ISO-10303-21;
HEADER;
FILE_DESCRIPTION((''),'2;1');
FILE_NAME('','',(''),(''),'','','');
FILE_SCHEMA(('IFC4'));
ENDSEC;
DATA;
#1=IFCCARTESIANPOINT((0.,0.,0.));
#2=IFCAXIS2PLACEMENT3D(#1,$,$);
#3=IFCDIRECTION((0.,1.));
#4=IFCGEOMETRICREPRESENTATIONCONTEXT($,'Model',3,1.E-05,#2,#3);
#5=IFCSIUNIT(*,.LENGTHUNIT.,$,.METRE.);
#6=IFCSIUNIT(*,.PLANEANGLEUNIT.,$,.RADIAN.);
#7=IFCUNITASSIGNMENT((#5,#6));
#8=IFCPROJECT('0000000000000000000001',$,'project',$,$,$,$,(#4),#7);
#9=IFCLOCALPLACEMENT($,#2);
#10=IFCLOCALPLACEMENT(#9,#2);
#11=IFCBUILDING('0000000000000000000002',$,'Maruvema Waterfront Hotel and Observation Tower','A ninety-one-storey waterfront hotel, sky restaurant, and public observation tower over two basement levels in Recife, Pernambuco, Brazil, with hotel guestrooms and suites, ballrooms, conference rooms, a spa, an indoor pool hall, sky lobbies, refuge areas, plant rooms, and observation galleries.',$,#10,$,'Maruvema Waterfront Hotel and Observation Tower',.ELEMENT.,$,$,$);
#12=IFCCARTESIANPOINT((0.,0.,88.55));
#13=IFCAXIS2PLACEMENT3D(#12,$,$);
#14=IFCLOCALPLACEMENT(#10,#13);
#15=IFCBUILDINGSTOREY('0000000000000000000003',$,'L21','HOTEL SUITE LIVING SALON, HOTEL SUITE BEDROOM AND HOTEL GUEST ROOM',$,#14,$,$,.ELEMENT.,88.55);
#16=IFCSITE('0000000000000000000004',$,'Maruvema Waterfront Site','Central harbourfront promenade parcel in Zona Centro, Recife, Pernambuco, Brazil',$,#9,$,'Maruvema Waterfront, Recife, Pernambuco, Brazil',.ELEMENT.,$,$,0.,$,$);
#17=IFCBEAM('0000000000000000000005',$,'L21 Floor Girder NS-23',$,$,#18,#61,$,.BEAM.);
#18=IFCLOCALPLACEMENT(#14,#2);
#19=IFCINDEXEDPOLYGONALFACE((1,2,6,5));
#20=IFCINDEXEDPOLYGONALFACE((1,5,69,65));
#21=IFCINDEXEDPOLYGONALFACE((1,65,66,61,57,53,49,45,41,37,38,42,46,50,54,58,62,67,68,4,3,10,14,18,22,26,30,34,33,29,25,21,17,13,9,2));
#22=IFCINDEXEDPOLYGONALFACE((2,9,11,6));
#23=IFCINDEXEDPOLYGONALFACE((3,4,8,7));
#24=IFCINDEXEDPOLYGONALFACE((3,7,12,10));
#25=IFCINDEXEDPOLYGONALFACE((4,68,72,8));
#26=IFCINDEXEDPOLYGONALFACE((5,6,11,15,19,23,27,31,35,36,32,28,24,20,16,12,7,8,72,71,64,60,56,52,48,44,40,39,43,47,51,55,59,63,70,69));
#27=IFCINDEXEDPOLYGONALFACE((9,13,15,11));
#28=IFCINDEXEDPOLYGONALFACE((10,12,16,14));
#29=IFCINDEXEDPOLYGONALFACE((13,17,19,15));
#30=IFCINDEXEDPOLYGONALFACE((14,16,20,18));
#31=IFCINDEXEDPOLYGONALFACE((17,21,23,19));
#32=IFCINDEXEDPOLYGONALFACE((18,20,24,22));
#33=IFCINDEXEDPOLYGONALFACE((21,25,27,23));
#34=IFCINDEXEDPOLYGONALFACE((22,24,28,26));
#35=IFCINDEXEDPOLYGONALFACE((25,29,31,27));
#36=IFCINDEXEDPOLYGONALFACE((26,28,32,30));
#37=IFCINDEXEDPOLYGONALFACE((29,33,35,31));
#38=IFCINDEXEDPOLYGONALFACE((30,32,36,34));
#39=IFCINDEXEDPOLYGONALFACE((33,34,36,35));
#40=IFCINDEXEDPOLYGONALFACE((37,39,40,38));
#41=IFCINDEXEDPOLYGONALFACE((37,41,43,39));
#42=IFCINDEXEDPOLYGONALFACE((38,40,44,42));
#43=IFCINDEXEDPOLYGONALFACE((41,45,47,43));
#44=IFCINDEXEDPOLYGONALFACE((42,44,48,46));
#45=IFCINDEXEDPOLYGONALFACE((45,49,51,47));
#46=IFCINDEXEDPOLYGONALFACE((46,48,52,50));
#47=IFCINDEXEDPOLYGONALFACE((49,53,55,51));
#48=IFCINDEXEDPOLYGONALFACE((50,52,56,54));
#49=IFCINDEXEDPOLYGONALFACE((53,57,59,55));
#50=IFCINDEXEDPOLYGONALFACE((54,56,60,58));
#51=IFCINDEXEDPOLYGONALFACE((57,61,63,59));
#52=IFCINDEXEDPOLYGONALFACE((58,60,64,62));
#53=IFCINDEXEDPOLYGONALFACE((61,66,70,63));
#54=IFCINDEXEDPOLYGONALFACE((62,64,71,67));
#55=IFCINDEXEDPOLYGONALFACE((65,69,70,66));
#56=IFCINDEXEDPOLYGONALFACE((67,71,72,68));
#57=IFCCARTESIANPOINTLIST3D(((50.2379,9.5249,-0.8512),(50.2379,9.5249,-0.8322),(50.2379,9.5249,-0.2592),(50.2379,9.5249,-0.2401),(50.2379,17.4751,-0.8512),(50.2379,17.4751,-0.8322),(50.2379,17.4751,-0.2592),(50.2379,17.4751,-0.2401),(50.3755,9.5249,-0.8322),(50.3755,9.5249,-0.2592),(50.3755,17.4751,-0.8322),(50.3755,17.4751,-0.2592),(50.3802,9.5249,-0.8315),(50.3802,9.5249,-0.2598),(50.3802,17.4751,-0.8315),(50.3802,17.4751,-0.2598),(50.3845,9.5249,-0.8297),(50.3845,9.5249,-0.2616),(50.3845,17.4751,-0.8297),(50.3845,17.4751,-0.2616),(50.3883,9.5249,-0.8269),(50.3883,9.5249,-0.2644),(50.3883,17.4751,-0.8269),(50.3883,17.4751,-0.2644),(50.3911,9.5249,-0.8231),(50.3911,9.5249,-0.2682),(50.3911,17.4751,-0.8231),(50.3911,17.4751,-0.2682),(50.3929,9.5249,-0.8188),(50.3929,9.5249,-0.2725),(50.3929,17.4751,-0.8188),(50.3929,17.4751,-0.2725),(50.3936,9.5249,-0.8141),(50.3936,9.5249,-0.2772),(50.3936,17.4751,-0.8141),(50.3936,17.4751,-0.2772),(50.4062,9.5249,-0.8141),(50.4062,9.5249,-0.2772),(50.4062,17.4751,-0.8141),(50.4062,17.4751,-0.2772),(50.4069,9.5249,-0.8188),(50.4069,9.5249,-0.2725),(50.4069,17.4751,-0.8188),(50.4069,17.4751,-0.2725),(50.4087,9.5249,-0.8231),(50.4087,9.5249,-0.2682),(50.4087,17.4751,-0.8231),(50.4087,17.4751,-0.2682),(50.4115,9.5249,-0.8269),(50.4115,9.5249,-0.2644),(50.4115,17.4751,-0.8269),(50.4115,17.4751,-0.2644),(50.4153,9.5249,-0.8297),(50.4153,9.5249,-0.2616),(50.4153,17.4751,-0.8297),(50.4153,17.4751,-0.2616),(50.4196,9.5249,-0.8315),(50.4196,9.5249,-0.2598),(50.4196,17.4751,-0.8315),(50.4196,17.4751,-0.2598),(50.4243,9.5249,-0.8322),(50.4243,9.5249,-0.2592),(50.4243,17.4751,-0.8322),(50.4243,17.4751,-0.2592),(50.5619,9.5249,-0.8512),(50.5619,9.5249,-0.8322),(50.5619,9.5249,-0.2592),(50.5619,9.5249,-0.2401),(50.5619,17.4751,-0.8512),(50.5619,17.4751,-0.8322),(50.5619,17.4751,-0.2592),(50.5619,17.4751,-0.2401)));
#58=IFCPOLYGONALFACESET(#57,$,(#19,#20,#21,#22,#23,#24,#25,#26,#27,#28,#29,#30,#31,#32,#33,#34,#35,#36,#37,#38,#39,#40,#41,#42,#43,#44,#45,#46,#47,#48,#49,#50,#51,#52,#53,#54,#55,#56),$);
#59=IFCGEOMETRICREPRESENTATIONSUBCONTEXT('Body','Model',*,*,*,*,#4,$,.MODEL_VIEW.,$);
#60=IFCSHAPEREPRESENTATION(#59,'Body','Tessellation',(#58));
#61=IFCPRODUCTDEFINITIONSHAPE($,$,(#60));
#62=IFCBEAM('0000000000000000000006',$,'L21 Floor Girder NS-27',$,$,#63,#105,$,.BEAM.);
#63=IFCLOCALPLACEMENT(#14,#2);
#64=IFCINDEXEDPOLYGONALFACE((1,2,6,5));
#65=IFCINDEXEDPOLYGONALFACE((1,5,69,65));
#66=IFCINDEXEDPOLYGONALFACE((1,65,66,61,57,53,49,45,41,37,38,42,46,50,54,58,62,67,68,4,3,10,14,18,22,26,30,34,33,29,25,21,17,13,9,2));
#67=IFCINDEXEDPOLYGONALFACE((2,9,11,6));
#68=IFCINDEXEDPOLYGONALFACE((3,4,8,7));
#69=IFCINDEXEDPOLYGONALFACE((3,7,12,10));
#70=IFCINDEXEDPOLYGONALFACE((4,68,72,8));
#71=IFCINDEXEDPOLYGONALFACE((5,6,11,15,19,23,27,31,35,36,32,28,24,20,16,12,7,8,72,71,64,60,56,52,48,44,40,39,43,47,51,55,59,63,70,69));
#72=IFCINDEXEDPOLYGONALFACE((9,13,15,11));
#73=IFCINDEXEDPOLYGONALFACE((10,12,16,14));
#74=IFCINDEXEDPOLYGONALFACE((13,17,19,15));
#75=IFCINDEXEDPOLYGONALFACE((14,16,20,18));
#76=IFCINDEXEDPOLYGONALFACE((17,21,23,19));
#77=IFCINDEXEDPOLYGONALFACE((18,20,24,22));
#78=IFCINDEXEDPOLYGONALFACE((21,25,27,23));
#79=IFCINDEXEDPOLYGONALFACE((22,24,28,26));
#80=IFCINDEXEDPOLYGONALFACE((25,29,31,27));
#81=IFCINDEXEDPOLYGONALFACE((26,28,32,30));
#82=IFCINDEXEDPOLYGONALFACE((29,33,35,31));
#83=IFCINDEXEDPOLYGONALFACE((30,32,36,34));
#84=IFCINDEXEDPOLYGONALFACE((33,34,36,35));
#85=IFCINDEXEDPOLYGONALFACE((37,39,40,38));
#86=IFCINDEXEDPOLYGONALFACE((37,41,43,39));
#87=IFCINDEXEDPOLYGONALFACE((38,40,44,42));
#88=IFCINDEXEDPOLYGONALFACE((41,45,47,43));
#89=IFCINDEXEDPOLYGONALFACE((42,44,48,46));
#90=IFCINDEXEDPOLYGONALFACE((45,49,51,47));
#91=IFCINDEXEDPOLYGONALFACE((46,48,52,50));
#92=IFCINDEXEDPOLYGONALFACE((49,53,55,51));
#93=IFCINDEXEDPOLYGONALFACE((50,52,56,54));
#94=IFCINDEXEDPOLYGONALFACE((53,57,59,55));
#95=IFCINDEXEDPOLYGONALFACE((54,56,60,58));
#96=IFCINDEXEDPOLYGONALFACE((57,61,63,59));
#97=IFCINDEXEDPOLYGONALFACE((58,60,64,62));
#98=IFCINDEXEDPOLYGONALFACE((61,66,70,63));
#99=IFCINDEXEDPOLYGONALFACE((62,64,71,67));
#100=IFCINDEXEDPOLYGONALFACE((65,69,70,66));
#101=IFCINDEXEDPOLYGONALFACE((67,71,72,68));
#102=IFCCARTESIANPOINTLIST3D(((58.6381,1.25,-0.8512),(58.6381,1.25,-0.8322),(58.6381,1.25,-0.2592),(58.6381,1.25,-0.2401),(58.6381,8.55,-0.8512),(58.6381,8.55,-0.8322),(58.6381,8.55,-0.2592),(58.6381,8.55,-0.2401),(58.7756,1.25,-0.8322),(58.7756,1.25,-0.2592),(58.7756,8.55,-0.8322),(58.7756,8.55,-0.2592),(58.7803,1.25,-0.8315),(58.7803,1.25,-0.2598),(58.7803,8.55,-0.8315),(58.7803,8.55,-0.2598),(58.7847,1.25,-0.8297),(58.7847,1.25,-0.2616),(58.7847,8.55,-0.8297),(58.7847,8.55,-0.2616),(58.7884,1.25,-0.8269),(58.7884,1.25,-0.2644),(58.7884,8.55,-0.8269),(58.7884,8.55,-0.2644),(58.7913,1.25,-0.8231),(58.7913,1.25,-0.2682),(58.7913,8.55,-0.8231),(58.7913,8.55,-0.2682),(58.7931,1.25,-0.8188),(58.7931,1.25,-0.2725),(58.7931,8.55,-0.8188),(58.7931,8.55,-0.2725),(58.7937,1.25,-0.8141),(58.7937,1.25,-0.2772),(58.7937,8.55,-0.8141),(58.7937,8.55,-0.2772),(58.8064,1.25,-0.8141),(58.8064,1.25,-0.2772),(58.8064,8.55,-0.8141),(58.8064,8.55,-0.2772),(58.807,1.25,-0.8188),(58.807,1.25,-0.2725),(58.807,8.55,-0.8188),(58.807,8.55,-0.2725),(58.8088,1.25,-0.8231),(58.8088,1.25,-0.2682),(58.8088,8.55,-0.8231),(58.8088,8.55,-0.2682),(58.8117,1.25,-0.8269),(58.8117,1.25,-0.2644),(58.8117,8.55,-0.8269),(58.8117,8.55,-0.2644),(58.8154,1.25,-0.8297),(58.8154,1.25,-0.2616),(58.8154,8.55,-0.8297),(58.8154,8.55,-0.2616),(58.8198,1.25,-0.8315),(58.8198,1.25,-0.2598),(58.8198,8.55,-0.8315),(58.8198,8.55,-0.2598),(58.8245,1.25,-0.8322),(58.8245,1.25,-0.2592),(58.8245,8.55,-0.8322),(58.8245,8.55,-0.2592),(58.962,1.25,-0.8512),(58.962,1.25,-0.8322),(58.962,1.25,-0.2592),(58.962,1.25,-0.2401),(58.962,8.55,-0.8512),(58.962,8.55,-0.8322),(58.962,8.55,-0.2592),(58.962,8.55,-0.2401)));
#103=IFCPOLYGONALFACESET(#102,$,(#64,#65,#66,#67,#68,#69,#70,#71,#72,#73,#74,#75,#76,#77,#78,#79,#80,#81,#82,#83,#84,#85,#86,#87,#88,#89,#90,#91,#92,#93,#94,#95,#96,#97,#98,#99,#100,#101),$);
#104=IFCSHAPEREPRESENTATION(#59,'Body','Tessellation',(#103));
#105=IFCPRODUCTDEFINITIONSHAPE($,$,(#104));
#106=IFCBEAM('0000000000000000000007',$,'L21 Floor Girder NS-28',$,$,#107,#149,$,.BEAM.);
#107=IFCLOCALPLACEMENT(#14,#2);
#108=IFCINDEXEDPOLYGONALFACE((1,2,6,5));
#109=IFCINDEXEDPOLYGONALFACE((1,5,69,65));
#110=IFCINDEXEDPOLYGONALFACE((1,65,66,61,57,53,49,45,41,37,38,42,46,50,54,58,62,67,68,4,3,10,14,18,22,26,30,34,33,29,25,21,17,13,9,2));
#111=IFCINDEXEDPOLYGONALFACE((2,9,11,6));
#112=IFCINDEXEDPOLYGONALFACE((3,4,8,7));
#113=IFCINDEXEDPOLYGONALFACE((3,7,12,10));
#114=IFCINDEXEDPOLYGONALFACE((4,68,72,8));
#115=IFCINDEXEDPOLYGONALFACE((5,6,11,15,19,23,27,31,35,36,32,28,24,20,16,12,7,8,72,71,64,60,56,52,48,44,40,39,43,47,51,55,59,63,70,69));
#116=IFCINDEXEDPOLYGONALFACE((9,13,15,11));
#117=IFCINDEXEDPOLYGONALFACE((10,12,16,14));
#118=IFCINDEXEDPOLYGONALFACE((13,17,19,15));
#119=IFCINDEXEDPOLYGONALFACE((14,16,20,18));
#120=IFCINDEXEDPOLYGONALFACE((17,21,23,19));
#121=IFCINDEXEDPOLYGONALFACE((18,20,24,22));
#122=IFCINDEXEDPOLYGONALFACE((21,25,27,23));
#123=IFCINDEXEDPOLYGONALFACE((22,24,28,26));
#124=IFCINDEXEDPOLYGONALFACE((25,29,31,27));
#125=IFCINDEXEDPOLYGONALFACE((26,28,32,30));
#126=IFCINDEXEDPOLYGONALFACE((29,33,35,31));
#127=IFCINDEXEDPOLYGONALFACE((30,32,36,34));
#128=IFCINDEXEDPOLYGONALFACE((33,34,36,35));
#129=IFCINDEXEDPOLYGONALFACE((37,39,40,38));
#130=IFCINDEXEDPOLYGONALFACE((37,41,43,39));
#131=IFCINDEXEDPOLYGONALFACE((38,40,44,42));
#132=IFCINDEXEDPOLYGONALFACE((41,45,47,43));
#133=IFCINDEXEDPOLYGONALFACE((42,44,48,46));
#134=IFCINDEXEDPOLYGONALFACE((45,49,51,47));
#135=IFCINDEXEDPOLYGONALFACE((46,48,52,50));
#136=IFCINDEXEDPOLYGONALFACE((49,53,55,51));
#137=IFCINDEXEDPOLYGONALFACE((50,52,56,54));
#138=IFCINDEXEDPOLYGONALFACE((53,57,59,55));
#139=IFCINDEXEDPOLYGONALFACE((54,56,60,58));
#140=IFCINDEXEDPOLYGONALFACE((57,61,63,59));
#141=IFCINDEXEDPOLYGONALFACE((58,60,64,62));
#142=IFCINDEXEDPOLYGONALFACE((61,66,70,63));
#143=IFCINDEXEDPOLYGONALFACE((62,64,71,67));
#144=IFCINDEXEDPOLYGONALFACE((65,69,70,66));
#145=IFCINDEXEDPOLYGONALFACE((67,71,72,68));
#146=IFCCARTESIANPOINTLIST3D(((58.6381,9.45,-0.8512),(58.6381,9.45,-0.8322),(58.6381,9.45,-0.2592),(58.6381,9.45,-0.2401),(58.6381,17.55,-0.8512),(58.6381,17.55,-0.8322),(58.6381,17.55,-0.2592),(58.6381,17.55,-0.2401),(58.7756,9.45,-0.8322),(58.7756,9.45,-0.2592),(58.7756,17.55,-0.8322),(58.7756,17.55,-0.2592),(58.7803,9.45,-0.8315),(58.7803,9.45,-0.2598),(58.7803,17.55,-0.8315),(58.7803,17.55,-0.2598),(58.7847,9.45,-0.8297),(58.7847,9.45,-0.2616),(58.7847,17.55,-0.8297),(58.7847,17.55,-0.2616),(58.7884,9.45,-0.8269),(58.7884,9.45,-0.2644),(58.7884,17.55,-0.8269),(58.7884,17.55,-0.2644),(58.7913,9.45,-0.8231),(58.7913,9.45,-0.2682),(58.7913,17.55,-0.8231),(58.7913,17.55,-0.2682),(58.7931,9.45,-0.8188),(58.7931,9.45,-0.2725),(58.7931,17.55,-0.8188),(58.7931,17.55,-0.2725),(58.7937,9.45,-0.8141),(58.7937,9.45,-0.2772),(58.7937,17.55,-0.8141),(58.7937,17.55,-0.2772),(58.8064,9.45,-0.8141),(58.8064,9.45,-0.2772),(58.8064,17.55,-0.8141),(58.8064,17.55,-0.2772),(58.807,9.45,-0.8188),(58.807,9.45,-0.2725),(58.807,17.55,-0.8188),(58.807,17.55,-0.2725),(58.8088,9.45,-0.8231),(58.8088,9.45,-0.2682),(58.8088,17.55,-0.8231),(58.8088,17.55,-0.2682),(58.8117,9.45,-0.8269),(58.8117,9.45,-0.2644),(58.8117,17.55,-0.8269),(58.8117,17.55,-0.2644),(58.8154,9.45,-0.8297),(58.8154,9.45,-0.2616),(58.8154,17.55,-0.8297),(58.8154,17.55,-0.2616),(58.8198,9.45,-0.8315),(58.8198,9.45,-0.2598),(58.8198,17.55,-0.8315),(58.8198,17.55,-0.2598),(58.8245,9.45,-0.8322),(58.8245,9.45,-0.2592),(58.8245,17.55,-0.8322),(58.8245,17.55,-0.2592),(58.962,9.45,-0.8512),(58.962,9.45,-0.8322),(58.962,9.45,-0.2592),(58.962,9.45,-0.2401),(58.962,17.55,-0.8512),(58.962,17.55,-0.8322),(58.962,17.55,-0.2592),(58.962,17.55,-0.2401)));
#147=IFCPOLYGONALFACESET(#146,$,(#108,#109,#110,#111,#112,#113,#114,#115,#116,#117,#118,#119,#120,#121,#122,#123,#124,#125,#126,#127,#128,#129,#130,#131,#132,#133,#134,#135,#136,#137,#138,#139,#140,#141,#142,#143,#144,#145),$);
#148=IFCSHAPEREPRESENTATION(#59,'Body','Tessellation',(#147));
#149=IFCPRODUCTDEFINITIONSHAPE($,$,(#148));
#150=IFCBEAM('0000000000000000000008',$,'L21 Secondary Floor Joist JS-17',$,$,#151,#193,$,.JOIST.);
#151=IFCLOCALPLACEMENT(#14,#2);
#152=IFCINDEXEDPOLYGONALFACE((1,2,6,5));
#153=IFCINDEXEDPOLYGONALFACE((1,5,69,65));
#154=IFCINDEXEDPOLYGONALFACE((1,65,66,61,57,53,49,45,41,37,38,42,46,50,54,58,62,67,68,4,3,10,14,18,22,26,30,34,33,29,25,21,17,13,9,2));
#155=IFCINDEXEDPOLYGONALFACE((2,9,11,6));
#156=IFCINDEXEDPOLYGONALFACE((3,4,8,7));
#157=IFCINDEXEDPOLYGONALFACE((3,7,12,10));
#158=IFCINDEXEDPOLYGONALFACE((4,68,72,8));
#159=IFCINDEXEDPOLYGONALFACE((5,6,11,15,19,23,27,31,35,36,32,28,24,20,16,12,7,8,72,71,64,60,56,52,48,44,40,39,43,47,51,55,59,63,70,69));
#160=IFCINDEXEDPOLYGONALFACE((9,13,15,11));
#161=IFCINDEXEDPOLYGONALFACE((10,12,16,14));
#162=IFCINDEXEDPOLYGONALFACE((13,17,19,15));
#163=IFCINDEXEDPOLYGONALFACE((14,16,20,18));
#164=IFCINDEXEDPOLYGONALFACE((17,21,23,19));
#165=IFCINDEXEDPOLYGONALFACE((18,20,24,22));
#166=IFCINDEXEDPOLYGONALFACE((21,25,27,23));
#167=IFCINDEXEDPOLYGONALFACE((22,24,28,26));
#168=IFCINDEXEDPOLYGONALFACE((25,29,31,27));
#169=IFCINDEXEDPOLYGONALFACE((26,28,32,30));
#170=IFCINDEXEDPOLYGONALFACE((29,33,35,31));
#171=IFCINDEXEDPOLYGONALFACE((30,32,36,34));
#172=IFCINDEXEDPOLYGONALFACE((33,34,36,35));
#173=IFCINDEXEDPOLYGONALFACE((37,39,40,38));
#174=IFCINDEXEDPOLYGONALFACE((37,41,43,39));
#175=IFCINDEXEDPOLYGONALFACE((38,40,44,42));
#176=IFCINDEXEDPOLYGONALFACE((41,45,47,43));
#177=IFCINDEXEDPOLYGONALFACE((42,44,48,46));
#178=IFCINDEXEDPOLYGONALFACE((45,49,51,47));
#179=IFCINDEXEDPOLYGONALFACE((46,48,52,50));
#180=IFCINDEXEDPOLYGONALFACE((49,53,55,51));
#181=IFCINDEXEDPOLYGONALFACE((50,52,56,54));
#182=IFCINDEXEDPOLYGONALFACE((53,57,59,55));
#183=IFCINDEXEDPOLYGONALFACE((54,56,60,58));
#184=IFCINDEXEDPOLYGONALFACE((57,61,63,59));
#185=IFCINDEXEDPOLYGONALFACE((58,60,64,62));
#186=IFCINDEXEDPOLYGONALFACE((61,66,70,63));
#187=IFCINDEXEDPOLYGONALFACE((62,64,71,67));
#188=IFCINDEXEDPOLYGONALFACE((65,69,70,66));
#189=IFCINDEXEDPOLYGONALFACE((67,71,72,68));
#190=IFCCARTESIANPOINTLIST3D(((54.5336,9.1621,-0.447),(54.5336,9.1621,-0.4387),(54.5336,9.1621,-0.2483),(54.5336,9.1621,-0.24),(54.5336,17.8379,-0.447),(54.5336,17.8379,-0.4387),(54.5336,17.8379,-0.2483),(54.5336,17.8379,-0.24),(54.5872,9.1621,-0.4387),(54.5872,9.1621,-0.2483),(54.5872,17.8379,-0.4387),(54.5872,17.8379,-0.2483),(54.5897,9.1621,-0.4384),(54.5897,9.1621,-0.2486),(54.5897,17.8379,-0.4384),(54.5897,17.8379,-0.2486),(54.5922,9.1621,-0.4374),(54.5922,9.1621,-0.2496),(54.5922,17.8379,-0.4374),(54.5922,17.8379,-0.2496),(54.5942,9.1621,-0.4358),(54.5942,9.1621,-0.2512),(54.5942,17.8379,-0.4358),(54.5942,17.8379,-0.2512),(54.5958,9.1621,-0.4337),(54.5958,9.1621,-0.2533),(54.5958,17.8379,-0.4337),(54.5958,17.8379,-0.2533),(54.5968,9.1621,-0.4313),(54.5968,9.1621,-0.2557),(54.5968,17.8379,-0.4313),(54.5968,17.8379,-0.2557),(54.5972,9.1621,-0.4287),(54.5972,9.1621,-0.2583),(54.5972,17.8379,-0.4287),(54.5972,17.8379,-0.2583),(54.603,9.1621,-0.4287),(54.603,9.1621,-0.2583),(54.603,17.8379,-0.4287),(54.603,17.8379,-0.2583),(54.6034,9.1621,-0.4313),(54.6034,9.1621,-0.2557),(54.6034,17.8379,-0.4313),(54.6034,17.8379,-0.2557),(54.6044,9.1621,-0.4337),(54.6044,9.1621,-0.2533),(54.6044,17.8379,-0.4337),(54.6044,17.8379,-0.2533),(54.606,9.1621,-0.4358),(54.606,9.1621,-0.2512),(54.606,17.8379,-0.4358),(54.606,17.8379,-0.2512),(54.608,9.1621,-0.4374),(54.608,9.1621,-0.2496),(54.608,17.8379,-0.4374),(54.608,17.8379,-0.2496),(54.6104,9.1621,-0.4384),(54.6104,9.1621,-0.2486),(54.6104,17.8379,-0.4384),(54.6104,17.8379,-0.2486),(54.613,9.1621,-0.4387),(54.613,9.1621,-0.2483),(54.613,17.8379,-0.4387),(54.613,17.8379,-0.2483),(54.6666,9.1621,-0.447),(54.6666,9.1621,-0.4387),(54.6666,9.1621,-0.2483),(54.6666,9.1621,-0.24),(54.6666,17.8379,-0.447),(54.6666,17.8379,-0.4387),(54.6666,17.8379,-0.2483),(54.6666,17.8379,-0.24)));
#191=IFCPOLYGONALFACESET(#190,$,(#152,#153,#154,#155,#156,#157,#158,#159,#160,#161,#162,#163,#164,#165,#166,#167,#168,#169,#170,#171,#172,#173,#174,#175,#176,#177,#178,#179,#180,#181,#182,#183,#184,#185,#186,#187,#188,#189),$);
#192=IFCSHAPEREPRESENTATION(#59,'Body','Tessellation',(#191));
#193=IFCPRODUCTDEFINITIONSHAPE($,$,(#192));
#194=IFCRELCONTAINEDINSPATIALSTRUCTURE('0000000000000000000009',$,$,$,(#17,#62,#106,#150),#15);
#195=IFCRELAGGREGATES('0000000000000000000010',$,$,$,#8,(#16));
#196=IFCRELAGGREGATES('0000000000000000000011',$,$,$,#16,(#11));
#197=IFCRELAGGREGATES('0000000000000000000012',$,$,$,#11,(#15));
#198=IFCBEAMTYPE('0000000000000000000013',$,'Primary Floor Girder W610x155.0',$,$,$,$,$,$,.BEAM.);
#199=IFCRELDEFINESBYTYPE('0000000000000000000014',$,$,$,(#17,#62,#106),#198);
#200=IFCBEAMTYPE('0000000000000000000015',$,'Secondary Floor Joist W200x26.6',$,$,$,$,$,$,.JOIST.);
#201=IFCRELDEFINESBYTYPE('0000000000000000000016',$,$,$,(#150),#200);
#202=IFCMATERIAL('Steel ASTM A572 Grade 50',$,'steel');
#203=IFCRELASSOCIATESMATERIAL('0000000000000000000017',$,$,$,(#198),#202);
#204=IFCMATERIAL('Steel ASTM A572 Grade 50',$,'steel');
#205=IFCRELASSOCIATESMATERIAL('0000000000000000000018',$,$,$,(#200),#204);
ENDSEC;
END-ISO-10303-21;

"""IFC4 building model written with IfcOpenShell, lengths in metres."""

from ifc_helpers import new_model, si_unit, direction, frame, origin, origin_2d, place, context, subcontext, project, spatial, i_section, extrude, material, material_profile, profile_set, type_object, element, save


model = new_model("IFC4")

# Units and contexts
model_context = context("Model", 3, precision=1e-05, world=origin(), true_north=direction((0.0, 1.0)))
body_context = subcontext(model_context, "Body", "Model", "MODEL_VIEW")
ifc_project = project(units=[si_unit("LENGTHUNIT", "METRE"), si_unit("PLANEANGLEUNIT", "RADIAN")], contexts=[model_context])

# Site, building, storey
site_placement = place(None, origin())
site = spatial("IfcSite", under=ifc_project, at=site_placement, Name="Maruvema Waterfront Site", Description="Central harbourfront promenade parcel in Zona Centro, Recife, Pernambuco, Brazil", LongName="Maruvema Waterfront, Recife, Pernambuco, Brazil", CompositionType="ELEMENT", RefElevation=0.0)
building_placement = place(site_placement, origin())
building = spatial("IfcBuilding", under=site, at=building_placement, Name="Maruvema Waterfront Hotel and Observation Tower", Description="A ninety-one-storey waterfront hotel, sky restaurant, and public observation tower over two basement levels in Recife, Pernambuco, Brazil, with hotel guestrooms and suites, ballrooms, conference rooms, a spa, an indoor pool hall, sky lobbies, refuge areas, plant rooms, and observation galleries.", LongName="Maruvema Waterfront Hotel and Observation Tower", CompositionType="ELEMENT")
storey_placement = place(building_placement, frame((0.0, 0.0, 88.55)))
storey = spatial("IfcBuildingStorey", under=building, at=storey_placement, Name="L21", Description="HOTEL SUITE LIVING SALON, HOTEL SUITE BEDROOM AND HOTEL GUEST ROOM", CompositionType="ELEMENT", Elevation=88.55)

# Beams
ifc_material_1 = material(Name="Steel ASTM A572 Grade 50", Category="steel")
ifc_material_profile_1 = material_profile(ifc_material_1, i_section(OverallWidth=0.324, OverallDepth=0.6111, WebThickness=0.0127, FlangeThickness=0.019, FilletRadius=0.0181, at=origin_2d()), Name="W610x155.0")
ifc_profile_set_1 = profile_set([ifc_material_profile_1], Name="Steel ASTM A572 Grade 50")
beam_type_1 = type_object("IfcBeamType", Name="Primary Floor Girder W610x155.0", PredefinedType="BEAM", material=ifc_profile_set_1)
beam_1_placement = place(storey_placement, frame((50.3999, 9.5249, -0.5457), z_axis=(0.0, 1.0, 0.0), x_axis=(-1.0, 0.0, 0.0)))
element("IfcBeam", 1, at=beam_1_placement, inside=storey, type_object=beam_type_1, Name="L21 Floor Girder NS-23", PredefinedType="BEAM", context=body_context, shape_type="SweptSolid", body=[
    extrude(i_section(OverallWidth=0.324, OverallDepth=0.6111, WebThickness=0.0127, FlangeThickness=0.019, FilletRadius=0.0181, at=origin_2d()), origin(), (0.0, 0.0, 1.0), 7.9502),
])
beam_2_placement = place(storey_placement, frame((58.8, 1.25, -0.5457), z_axis=(0.0, 1.0, 0.0), x_axis=(-1.0, 0.0, 0.0)))
element("IfcBeam", 2, at=beam_2_placement, inside=storey, type_object=beam_type_1, Name="L21 Floor Girder NS-27", PredefinedType="BEAM", context=body_context, shape_type="SweptSolid", body=[
    extrude(i_section(OverallWidth=0.324, OverallDepth=0.6111, WebThickness=0.0127, FlangeThickness=0.019, FilletRadius=0.0181, at=origin_2d()), origin(), (0.0, 0.0, 1.0), 7.3),
])
beam_3_placement = place(storey_placement, frame((58.8, 9.45, -0.5457), z_axis=(0.0, 1.0, 0.0), x_axis=(-1.0, 0.0, 0.0)))
element("IfcBeam", 3, at=beam_3_placement, inside=storey, type_object=beam_type_1, Name="L21 Floor Girder NS-28", PredefinedType="BEAM", context=body_context, shape_type="SweptSolid", body=[
    extrude(i_section(OverallWidth=0.324, OverallDepth=0.6111, WebThickness=0.0127, FlangeThickness=0.019, FilletRadius=0.0181, at=origin_2d()), origin(), (0.0, 0.0, 1.0), 8.1001),
])
ifc_material_2 = material(Name="Steel ASTM A572 Grade 50", Category="steel")
ifc_material_profile_2 = material_profile(ifc_material_2, i_section(OverallWidth=0.1331, OverallDepth=0.207, WebThickness=0.0059, FlangeThickness=0.0083, FilletRadius=0.01, at=origin_2d()), Name="W200x26.6")
ifc_profile_set_2 = profile_set([ifc_material_profile_2], Name="Steel ASTM A572 Grade 50")
beam_type_2 = type_object("IfcBeamType", Name="Secondary Floor Joist W200x26.6", PredefinedType="JOIST", material=ifc_profile_set_2)
beam_4_placement = place(storey_placement, frame((54.6001, 9.1621, -0.3435), z_axis=(0.0, 1.0, 0.0), x_axis=(-1.0, 0.0, 0.0)))
element("IfcBeam", 4, at=beam_4_placement, inside=storey, type_object=beam_type_2, Name="L21 Secondary Floor Joist JS-17", PredefinedType="JOIST", context=body_context, shape_type="SweptSolid", body=[
    extrude(i_section(OverallWidth=0.1331, OverallDepth=0.207, WebThickness=0.0059, FlangeThickness=0.0083, FilletRadius=0.01, at=origin_2d()), origin(), (0.0, 0.0, 1.0), 8.6758),
])

save(model, "model.ifc")
